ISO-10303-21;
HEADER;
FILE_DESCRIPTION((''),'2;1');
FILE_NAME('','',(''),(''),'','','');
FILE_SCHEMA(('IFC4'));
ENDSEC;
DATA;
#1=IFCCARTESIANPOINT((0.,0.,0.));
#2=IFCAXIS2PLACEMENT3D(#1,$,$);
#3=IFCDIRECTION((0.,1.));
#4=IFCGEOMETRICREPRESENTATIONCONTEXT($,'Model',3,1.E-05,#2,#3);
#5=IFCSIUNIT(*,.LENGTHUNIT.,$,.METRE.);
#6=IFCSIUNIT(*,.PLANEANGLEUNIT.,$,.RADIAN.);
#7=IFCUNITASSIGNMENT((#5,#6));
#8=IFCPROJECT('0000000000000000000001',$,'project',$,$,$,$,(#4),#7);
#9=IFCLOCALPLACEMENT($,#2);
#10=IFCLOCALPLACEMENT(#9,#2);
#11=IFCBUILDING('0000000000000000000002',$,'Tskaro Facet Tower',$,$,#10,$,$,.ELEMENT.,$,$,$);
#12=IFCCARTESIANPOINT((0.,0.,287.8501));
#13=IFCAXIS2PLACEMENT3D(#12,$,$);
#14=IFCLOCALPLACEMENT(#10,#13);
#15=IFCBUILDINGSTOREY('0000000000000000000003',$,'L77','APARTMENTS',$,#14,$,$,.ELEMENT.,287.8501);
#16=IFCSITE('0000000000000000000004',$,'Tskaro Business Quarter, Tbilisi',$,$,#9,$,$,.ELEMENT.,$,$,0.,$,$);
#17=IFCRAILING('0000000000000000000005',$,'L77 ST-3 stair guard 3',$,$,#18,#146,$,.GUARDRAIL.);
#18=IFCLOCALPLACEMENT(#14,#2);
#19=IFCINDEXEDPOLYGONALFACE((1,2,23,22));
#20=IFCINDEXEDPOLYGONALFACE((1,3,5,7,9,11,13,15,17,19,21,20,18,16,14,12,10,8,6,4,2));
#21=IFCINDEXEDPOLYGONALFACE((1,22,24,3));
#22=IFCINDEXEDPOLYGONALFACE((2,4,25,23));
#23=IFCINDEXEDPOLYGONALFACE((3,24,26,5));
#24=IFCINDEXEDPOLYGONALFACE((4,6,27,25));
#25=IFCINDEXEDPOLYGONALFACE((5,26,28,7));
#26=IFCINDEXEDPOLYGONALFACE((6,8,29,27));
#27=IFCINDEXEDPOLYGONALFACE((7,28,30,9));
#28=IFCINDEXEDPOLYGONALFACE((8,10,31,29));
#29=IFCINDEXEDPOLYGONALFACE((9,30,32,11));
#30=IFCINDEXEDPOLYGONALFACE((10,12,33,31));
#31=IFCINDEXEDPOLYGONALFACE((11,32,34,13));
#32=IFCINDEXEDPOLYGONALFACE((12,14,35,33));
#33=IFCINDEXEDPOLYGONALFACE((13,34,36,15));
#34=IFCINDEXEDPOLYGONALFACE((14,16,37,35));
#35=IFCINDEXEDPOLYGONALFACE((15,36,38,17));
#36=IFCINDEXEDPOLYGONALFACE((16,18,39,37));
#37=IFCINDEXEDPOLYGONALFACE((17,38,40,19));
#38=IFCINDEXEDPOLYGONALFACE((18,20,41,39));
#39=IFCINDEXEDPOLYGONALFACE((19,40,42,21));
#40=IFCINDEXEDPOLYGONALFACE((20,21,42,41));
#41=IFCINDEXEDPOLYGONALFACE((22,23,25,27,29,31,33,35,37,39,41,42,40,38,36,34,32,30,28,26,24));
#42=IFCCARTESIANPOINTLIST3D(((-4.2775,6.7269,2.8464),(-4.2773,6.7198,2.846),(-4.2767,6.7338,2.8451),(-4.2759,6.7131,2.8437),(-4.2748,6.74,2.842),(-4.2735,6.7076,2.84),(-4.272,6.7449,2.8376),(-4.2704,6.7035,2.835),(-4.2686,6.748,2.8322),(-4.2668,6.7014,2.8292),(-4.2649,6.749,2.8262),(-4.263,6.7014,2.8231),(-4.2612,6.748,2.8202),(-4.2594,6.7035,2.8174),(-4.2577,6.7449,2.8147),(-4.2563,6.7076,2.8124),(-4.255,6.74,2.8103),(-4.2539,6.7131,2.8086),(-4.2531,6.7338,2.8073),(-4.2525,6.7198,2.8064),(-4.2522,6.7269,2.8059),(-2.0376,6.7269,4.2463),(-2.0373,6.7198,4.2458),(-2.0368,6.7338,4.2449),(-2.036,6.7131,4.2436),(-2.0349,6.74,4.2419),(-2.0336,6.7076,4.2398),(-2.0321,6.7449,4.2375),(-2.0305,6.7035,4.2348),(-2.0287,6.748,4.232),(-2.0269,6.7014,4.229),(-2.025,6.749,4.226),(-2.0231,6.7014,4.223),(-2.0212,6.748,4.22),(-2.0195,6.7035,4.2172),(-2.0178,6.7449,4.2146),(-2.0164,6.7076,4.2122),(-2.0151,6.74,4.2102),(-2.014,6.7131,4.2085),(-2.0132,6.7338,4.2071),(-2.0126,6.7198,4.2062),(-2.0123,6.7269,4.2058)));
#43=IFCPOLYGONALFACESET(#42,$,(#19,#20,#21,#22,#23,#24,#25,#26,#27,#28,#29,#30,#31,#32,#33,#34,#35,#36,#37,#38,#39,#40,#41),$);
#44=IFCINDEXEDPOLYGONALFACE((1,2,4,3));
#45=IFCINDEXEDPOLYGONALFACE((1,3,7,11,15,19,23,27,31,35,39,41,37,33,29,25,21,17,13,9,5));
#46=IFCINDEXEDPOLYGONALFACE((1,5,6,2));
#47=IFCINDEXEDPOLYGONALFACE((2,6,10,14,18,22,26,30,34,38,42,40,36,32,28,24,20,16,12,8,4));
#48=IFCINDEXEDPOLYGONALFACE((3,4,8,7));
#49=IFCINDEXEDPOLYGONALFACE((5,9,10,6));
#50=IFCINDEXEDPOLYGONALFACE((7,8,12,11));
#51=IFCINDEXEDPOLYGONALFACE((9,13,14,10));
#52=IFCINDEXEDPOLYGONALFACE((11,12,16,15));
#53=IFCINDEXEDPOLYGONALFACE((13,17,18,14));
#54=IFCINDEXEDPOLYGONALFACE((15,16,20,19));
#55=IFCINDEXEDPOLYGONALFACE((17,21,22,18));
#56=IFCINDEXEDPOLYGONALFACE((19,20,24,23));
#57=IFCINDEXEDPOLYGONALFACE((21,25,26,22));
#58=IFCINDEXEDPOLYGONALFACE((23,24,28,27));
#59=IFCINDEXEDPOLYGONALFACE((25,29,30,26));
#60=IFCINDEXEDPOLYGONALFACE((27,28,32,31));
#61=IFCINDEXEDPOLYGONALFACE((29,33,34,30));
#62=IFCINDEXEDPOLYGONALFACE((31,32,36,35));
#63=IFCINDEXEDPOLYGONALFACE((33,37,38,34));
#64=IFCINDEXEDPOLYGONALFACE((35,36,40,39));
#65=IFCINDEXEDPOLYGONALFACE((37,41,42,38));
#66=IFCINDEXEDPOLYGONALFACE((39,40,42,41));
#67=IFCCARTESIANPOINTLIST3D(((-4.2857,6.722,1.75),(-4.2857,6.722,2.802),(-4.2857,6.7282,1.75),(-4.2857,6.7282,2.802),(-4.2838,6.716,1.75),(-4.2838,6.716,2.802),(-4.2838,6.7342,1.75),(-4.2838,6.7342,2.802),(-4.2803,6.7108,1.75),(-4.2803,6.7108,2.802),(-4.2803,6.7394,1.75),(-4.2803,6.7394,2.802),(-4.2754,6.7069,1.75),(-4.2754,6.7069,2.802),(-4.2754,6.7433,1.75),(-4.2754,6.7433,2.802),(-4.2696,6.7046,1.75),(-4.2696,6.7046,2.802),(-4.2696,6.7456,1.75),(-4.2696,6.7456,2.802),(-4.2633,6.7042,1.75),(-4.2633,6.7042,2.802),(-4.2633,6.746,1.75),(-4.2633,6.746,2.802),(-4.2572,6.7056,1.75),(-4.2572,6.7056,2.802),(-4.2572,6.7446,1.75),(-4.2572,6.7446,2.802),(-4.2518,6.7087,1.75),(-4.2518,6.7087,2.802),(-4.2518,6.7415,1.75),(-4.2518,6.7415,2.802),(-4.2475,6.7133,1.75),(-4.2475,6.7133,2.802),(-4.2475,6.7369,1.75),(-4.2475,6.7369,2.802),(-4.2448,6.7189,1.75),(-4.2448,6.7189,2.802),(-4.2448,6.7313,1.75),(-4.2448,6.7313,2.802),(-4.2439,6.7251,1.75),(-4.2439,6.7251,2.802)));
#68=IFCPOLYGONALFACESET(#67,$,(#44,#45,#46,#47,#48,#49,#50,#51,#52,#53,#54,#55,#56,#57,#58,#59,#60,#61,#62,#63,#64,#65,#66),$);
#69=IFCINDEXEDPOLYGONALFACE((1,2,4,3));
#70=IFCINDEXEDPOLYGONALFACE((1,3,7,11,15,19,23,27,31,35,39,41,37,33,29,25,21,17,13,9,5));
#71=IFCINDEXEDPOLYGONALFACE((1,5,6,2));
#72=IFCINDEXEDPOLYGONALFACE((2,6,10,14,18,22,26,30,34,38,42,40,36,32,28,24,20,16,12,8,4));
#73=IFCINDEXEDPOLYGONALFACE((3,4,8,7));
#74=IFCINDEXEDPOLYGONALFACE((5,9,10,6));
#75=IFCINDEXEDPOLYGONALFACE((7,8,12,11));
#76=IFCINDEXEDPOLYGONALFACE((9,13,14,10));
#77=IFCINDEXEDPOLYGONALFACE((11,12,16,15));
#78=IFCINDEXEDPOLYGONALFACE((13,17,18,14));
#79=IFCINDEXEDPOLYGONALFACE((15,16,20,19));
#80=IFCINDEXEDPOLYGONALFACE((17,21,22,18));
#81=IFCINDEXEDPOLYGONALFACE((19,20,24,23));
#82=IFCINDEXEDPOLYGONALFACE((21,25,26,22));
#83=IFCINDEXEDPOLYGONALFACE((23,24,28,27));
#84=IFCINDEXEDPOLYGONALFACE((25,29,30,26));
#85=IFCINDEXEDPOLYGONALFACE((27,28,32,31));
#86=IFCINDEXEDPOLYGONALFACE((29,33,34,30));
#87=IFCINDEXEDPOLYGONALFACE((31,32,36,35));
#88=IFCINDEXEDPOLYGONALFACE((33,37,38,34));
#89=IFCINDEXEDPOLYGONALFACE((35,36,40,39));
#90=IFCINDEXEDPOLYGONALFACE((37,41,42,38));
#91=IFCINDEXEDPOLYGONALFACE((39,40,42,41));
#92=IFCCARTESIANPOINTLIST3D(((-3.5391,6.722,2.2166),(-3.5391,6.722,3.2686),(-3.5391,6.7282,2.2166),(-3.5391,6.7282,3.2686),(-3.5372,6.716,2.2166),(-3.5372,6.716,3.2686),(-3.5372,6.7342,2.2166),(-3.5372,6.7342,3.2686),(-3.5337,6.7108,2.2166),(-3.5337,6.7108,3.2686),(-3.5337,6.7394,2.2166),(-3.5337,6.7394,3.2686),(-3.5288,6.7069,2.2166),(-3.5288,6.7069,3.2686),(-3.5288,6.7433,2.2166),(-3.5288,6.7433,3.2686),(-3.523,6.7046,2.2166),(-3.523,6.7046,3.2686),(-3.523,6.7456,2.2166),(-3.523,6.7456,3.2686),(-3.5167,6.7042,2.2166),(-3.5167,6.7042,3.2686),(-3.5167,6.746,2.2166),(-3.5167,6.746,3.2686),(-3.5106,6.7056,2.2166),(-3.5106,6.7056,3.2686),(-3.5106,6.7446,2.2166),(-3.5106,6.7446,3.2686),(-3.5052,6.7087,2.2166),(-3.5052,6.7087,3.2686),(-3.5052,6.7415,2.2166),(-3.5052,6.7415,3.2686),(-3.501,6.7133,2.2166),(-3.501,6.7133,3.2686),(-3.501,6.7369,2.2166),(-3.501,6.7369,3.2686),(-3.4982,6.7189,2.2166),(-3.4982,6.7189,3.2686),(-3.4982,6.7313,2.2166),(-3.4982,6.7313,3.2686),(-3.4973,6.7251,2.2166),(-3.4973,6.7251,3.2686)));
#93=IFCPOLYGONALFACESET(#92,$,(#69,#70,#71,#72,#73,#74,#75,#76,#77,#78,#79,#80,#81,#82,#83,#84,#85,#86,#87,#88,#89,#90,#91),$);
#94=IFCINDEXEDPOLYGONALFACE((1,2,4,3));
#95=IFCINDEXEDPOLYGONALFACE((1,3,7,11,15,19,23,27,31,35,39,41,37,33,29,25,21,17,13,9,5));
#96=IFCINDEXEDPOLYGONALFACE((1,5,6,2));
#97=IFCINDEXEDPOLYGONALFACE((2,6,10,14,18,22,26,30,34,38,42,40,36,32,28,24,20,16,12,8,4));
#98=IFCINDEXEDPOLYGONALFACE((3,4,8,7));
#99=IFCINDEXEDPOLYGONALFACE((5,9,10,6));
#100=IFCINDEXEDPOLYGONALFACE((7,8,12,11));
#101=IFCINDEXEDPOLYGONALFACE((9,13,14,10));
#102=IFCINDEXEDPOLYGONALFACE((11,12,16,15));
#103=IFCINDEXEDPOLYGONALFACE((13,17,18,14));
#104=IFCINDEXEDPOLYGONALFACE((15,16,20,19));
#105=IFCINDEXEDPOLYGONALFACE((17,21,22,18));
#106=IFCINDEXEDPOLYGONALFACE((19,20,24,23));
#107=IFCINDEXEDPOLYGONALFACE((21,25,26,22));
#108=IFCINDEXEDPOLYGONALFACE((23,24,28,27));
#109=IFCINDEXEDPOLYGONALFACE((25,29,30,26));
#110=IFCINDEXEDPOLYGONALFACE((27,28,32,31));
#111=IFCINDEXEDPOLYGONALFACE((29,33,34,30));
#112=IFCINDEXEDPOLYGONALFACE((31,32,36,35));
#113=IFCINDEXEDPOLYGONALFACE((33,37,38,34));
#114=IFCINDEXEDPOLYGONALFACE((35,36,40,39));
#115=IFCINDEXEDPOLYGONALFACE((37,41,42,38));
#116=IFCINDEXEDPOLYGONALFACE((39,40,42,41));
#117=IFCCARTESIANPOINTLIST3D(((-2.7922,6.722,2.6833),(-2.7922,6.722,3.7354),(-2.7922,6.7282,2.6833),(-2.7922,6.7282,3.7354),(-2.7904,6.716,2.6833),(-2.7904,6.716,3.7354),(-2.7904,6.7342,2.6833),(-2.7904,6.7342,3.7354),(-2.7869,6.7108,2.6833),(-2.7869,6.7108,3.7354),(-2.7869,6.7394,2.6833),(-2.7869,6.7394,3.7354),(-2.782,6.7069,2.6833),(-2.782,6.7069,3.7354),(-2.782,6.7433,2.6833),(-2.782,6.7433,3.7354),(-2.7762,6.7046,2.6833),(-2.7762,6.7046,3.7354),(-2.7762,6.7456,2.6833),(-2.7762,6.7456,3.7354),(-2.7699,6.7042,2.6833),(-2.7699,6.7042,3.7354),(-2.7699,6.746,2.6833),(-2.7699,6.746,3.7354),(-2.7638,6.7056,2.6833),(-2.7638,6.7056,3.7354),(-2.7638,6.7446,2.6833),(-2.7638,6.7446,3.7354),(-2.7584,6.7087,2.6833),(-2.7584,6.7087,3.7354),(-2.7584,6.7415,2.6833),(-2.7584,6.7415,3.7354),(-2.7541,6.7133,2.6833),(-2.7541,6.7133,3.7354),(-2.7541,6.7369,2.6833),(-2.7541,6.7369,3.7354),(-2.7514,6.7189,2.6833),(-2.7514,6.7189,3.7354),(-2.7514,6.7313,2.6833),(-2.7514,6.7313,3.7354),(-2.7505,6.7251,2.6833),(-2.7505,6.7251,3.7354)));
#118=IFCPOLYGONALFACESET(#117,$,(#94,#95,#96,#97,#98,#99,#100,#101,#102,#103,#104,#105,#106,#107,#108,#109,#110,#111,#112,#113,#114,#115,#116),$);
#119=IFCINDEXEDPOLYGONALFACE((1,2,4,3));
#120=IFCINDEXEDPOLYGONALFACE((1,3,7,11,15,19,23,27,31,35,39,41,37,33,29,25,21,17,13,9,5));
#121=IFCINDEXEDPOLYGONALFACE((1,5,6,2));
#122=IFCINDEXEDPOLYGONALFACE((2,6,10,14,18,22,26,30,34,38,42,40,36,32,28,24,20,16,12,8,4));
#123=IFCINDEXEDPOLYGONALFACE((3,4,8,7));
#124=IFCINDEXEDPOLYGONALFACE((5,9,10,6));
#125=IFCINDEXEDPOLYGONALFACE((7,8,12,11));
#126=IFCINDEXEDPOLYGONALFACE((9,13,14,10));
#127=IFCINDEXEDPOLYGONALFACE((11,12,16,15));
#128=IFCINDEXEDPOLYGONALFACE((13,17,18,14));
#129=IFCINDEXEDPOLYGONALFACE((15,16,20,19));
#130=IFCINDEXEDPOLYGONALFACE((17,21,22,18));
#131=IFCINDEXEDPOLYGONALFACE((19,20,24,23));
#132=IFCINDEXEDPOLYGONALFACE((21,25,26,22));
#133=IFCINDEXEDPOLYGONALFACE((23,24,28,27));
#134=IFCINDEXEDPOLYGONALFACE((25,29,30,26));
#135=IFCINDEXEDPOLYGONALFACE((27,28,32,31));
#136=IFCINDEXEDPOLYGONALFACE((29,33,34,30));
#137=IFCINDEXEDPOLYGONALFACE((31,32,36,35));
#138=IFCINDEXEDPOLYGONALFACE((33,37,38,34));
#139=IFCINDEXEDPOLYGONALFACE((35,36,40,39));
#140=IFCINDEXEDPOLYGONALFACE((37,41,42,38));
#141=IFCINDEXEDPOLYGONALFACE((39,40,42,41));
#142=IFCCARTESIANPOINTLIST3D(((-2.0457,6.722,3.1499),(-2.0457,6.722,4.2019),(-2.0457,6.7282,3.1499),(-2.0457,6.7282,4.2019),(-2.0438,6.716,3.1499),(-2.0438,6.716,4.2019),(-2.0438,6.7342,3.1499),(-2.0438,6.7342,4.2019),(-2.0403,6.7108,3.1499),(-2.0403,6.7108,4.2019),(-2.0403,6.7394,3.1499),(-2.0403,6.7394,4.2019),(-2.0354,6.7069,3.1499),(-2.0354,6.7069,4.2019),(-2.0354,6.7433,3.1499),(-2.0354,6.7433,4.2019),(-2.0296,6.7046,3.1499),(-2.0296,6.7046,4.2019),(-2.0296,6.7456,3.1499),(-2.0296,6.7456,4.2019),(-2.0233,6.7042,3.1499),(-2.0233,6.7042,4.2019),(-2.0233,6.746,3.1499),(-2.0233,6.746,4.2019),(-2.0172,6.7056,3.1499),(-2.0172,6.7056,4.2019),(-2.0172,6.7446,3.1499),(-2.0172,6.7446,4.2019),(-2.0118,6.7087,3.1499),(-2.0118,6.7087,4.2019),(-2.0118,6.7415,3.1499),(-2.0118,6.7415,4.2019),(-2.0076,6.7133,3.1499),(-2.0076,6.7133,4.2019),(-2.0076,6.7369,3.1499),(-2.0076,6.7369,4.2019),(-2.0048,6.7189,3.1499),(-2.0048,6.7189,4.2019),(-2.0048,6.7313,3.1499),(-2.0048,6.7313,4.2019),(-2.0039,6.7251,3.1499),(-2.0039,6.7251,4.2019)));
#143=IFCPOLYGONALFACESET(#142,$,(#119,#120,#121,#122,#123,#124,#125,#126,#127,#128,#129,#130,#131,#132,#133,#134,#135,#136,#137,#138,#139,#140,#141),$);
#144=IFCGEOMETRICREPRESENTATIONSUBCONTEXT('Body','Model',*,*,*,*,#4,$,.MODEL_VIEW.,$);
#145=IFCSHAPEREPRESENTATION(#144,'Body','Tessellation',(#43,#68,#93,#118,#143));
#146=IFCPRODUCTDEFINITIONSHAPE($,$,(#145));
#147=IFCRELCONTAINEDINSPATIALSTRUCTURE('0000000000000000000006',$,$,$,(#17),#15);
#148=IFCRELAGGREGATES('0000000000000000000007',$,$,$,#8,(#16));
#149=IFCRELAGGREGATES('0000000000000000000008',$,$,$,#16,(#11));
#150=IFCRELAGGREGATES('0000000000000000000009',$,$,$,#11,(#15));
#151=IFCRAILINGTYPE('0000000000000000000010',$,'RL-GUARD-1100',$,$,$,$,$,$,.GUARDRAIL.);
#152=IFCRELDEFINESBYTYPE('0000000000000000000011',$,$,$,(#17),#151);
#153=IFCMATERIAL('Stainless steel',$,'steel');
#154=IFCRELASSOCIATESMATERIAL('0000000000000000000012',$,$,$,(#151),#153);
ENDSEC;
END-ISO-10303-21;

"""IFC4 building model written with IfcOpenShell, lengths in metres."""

from ifc_helpers import new_model, si_unit, direction, frame, origin, origin_2d, place, context, subcontext, project, spatial, circle, extrude, material, type_object, element, save


model = new_model("IFC4")

# Units and contexts
model_context = context("Model", 3, precision=1e-05, world=origin(), true_north=direction((0.0, 1.0)))
body_context = subcontext(model_context, "Body", "Model", "MODEL_VIEW")
ifc_project = project(units=[si_unit("LENGTHUNIT", "METRE"), si_unit("PLANEANGLEUNIT", "RADIAN")], contexts=[model_context])

# Site, building, storey
site_placement = place(None, origin())
site = spatial("IfcSite", under=ifc_project, at=site_placement, Name="Tskaro Business Quarter, Tbilisi", CompositionType="ELEMENT", RefElevation=0.0)
building_placement = place(site_placement, origin())
building = spatial("IfcBuilding", under=site, at=building_placement, Name="Tskaro Facet Tower", CompositionType="ELEMENT")
storey_placement = place(building_placement, frame((0.0, 0.0, 287.8501)))
storey = spatial("IfcBuildingStorey", under=building, at=storey_placement, Name="L77", Description="APARTMENTS", CompositionType="ELEMENT", Elevation=287.8501)

# Railing
ifc_material_1 = material(Name="Stainless steel", Category="steel")
railing_type_1 = type_object("IfcRailingType", Name="RL-GUARD-1100", PredefinedType="GUARDRAIL", material=ifc_material_1)
railing_1_placement = place(storey_placement, frame((-4.2649, 6.7251, 1.75)))
element("IfcRailing", 1, at=railing_1_placement, inside=storey, type_object=railing_type_1, Name="L77 ST-3 stair guard 3", PredefinedType="GUARDRAIL", context=body_context, shape_type="SweptSolid", body=[
    extrude(circle(Radius=0.0239, at=origin_2d()), frame((0.0, 0.0, 1.0762), z_axis=(0.848014, 0.0, 0.529974), x_axis=(0.0, 1.0, 0.0)), (0.0, 0.0, 1.0), 2.6414),
    extrude(circle(Radius=0.021, at=origin_2d()), origin(), (0.0, 0.0, 1.0), 1.052),
    extrude(circle(Radius=0.021, at=origin_2d()), frame((0.7466, 0.0, 0.4666)), (0.0, 0.0, 1.0), 1.052),
    extrude(circle(Radius=0.021, at=origin_2d()), frame((1.4934, 0.0, 0.9333)), (0.0, 0.0, 1.0), 1.052),
    extrude(circle(Radius=0.021, at=origin_2d()), frame((2.24, 0.0, 1.3999)), (0.0, 0.0, 1.0), 1.052),
])

save(model, "model.ifc")
